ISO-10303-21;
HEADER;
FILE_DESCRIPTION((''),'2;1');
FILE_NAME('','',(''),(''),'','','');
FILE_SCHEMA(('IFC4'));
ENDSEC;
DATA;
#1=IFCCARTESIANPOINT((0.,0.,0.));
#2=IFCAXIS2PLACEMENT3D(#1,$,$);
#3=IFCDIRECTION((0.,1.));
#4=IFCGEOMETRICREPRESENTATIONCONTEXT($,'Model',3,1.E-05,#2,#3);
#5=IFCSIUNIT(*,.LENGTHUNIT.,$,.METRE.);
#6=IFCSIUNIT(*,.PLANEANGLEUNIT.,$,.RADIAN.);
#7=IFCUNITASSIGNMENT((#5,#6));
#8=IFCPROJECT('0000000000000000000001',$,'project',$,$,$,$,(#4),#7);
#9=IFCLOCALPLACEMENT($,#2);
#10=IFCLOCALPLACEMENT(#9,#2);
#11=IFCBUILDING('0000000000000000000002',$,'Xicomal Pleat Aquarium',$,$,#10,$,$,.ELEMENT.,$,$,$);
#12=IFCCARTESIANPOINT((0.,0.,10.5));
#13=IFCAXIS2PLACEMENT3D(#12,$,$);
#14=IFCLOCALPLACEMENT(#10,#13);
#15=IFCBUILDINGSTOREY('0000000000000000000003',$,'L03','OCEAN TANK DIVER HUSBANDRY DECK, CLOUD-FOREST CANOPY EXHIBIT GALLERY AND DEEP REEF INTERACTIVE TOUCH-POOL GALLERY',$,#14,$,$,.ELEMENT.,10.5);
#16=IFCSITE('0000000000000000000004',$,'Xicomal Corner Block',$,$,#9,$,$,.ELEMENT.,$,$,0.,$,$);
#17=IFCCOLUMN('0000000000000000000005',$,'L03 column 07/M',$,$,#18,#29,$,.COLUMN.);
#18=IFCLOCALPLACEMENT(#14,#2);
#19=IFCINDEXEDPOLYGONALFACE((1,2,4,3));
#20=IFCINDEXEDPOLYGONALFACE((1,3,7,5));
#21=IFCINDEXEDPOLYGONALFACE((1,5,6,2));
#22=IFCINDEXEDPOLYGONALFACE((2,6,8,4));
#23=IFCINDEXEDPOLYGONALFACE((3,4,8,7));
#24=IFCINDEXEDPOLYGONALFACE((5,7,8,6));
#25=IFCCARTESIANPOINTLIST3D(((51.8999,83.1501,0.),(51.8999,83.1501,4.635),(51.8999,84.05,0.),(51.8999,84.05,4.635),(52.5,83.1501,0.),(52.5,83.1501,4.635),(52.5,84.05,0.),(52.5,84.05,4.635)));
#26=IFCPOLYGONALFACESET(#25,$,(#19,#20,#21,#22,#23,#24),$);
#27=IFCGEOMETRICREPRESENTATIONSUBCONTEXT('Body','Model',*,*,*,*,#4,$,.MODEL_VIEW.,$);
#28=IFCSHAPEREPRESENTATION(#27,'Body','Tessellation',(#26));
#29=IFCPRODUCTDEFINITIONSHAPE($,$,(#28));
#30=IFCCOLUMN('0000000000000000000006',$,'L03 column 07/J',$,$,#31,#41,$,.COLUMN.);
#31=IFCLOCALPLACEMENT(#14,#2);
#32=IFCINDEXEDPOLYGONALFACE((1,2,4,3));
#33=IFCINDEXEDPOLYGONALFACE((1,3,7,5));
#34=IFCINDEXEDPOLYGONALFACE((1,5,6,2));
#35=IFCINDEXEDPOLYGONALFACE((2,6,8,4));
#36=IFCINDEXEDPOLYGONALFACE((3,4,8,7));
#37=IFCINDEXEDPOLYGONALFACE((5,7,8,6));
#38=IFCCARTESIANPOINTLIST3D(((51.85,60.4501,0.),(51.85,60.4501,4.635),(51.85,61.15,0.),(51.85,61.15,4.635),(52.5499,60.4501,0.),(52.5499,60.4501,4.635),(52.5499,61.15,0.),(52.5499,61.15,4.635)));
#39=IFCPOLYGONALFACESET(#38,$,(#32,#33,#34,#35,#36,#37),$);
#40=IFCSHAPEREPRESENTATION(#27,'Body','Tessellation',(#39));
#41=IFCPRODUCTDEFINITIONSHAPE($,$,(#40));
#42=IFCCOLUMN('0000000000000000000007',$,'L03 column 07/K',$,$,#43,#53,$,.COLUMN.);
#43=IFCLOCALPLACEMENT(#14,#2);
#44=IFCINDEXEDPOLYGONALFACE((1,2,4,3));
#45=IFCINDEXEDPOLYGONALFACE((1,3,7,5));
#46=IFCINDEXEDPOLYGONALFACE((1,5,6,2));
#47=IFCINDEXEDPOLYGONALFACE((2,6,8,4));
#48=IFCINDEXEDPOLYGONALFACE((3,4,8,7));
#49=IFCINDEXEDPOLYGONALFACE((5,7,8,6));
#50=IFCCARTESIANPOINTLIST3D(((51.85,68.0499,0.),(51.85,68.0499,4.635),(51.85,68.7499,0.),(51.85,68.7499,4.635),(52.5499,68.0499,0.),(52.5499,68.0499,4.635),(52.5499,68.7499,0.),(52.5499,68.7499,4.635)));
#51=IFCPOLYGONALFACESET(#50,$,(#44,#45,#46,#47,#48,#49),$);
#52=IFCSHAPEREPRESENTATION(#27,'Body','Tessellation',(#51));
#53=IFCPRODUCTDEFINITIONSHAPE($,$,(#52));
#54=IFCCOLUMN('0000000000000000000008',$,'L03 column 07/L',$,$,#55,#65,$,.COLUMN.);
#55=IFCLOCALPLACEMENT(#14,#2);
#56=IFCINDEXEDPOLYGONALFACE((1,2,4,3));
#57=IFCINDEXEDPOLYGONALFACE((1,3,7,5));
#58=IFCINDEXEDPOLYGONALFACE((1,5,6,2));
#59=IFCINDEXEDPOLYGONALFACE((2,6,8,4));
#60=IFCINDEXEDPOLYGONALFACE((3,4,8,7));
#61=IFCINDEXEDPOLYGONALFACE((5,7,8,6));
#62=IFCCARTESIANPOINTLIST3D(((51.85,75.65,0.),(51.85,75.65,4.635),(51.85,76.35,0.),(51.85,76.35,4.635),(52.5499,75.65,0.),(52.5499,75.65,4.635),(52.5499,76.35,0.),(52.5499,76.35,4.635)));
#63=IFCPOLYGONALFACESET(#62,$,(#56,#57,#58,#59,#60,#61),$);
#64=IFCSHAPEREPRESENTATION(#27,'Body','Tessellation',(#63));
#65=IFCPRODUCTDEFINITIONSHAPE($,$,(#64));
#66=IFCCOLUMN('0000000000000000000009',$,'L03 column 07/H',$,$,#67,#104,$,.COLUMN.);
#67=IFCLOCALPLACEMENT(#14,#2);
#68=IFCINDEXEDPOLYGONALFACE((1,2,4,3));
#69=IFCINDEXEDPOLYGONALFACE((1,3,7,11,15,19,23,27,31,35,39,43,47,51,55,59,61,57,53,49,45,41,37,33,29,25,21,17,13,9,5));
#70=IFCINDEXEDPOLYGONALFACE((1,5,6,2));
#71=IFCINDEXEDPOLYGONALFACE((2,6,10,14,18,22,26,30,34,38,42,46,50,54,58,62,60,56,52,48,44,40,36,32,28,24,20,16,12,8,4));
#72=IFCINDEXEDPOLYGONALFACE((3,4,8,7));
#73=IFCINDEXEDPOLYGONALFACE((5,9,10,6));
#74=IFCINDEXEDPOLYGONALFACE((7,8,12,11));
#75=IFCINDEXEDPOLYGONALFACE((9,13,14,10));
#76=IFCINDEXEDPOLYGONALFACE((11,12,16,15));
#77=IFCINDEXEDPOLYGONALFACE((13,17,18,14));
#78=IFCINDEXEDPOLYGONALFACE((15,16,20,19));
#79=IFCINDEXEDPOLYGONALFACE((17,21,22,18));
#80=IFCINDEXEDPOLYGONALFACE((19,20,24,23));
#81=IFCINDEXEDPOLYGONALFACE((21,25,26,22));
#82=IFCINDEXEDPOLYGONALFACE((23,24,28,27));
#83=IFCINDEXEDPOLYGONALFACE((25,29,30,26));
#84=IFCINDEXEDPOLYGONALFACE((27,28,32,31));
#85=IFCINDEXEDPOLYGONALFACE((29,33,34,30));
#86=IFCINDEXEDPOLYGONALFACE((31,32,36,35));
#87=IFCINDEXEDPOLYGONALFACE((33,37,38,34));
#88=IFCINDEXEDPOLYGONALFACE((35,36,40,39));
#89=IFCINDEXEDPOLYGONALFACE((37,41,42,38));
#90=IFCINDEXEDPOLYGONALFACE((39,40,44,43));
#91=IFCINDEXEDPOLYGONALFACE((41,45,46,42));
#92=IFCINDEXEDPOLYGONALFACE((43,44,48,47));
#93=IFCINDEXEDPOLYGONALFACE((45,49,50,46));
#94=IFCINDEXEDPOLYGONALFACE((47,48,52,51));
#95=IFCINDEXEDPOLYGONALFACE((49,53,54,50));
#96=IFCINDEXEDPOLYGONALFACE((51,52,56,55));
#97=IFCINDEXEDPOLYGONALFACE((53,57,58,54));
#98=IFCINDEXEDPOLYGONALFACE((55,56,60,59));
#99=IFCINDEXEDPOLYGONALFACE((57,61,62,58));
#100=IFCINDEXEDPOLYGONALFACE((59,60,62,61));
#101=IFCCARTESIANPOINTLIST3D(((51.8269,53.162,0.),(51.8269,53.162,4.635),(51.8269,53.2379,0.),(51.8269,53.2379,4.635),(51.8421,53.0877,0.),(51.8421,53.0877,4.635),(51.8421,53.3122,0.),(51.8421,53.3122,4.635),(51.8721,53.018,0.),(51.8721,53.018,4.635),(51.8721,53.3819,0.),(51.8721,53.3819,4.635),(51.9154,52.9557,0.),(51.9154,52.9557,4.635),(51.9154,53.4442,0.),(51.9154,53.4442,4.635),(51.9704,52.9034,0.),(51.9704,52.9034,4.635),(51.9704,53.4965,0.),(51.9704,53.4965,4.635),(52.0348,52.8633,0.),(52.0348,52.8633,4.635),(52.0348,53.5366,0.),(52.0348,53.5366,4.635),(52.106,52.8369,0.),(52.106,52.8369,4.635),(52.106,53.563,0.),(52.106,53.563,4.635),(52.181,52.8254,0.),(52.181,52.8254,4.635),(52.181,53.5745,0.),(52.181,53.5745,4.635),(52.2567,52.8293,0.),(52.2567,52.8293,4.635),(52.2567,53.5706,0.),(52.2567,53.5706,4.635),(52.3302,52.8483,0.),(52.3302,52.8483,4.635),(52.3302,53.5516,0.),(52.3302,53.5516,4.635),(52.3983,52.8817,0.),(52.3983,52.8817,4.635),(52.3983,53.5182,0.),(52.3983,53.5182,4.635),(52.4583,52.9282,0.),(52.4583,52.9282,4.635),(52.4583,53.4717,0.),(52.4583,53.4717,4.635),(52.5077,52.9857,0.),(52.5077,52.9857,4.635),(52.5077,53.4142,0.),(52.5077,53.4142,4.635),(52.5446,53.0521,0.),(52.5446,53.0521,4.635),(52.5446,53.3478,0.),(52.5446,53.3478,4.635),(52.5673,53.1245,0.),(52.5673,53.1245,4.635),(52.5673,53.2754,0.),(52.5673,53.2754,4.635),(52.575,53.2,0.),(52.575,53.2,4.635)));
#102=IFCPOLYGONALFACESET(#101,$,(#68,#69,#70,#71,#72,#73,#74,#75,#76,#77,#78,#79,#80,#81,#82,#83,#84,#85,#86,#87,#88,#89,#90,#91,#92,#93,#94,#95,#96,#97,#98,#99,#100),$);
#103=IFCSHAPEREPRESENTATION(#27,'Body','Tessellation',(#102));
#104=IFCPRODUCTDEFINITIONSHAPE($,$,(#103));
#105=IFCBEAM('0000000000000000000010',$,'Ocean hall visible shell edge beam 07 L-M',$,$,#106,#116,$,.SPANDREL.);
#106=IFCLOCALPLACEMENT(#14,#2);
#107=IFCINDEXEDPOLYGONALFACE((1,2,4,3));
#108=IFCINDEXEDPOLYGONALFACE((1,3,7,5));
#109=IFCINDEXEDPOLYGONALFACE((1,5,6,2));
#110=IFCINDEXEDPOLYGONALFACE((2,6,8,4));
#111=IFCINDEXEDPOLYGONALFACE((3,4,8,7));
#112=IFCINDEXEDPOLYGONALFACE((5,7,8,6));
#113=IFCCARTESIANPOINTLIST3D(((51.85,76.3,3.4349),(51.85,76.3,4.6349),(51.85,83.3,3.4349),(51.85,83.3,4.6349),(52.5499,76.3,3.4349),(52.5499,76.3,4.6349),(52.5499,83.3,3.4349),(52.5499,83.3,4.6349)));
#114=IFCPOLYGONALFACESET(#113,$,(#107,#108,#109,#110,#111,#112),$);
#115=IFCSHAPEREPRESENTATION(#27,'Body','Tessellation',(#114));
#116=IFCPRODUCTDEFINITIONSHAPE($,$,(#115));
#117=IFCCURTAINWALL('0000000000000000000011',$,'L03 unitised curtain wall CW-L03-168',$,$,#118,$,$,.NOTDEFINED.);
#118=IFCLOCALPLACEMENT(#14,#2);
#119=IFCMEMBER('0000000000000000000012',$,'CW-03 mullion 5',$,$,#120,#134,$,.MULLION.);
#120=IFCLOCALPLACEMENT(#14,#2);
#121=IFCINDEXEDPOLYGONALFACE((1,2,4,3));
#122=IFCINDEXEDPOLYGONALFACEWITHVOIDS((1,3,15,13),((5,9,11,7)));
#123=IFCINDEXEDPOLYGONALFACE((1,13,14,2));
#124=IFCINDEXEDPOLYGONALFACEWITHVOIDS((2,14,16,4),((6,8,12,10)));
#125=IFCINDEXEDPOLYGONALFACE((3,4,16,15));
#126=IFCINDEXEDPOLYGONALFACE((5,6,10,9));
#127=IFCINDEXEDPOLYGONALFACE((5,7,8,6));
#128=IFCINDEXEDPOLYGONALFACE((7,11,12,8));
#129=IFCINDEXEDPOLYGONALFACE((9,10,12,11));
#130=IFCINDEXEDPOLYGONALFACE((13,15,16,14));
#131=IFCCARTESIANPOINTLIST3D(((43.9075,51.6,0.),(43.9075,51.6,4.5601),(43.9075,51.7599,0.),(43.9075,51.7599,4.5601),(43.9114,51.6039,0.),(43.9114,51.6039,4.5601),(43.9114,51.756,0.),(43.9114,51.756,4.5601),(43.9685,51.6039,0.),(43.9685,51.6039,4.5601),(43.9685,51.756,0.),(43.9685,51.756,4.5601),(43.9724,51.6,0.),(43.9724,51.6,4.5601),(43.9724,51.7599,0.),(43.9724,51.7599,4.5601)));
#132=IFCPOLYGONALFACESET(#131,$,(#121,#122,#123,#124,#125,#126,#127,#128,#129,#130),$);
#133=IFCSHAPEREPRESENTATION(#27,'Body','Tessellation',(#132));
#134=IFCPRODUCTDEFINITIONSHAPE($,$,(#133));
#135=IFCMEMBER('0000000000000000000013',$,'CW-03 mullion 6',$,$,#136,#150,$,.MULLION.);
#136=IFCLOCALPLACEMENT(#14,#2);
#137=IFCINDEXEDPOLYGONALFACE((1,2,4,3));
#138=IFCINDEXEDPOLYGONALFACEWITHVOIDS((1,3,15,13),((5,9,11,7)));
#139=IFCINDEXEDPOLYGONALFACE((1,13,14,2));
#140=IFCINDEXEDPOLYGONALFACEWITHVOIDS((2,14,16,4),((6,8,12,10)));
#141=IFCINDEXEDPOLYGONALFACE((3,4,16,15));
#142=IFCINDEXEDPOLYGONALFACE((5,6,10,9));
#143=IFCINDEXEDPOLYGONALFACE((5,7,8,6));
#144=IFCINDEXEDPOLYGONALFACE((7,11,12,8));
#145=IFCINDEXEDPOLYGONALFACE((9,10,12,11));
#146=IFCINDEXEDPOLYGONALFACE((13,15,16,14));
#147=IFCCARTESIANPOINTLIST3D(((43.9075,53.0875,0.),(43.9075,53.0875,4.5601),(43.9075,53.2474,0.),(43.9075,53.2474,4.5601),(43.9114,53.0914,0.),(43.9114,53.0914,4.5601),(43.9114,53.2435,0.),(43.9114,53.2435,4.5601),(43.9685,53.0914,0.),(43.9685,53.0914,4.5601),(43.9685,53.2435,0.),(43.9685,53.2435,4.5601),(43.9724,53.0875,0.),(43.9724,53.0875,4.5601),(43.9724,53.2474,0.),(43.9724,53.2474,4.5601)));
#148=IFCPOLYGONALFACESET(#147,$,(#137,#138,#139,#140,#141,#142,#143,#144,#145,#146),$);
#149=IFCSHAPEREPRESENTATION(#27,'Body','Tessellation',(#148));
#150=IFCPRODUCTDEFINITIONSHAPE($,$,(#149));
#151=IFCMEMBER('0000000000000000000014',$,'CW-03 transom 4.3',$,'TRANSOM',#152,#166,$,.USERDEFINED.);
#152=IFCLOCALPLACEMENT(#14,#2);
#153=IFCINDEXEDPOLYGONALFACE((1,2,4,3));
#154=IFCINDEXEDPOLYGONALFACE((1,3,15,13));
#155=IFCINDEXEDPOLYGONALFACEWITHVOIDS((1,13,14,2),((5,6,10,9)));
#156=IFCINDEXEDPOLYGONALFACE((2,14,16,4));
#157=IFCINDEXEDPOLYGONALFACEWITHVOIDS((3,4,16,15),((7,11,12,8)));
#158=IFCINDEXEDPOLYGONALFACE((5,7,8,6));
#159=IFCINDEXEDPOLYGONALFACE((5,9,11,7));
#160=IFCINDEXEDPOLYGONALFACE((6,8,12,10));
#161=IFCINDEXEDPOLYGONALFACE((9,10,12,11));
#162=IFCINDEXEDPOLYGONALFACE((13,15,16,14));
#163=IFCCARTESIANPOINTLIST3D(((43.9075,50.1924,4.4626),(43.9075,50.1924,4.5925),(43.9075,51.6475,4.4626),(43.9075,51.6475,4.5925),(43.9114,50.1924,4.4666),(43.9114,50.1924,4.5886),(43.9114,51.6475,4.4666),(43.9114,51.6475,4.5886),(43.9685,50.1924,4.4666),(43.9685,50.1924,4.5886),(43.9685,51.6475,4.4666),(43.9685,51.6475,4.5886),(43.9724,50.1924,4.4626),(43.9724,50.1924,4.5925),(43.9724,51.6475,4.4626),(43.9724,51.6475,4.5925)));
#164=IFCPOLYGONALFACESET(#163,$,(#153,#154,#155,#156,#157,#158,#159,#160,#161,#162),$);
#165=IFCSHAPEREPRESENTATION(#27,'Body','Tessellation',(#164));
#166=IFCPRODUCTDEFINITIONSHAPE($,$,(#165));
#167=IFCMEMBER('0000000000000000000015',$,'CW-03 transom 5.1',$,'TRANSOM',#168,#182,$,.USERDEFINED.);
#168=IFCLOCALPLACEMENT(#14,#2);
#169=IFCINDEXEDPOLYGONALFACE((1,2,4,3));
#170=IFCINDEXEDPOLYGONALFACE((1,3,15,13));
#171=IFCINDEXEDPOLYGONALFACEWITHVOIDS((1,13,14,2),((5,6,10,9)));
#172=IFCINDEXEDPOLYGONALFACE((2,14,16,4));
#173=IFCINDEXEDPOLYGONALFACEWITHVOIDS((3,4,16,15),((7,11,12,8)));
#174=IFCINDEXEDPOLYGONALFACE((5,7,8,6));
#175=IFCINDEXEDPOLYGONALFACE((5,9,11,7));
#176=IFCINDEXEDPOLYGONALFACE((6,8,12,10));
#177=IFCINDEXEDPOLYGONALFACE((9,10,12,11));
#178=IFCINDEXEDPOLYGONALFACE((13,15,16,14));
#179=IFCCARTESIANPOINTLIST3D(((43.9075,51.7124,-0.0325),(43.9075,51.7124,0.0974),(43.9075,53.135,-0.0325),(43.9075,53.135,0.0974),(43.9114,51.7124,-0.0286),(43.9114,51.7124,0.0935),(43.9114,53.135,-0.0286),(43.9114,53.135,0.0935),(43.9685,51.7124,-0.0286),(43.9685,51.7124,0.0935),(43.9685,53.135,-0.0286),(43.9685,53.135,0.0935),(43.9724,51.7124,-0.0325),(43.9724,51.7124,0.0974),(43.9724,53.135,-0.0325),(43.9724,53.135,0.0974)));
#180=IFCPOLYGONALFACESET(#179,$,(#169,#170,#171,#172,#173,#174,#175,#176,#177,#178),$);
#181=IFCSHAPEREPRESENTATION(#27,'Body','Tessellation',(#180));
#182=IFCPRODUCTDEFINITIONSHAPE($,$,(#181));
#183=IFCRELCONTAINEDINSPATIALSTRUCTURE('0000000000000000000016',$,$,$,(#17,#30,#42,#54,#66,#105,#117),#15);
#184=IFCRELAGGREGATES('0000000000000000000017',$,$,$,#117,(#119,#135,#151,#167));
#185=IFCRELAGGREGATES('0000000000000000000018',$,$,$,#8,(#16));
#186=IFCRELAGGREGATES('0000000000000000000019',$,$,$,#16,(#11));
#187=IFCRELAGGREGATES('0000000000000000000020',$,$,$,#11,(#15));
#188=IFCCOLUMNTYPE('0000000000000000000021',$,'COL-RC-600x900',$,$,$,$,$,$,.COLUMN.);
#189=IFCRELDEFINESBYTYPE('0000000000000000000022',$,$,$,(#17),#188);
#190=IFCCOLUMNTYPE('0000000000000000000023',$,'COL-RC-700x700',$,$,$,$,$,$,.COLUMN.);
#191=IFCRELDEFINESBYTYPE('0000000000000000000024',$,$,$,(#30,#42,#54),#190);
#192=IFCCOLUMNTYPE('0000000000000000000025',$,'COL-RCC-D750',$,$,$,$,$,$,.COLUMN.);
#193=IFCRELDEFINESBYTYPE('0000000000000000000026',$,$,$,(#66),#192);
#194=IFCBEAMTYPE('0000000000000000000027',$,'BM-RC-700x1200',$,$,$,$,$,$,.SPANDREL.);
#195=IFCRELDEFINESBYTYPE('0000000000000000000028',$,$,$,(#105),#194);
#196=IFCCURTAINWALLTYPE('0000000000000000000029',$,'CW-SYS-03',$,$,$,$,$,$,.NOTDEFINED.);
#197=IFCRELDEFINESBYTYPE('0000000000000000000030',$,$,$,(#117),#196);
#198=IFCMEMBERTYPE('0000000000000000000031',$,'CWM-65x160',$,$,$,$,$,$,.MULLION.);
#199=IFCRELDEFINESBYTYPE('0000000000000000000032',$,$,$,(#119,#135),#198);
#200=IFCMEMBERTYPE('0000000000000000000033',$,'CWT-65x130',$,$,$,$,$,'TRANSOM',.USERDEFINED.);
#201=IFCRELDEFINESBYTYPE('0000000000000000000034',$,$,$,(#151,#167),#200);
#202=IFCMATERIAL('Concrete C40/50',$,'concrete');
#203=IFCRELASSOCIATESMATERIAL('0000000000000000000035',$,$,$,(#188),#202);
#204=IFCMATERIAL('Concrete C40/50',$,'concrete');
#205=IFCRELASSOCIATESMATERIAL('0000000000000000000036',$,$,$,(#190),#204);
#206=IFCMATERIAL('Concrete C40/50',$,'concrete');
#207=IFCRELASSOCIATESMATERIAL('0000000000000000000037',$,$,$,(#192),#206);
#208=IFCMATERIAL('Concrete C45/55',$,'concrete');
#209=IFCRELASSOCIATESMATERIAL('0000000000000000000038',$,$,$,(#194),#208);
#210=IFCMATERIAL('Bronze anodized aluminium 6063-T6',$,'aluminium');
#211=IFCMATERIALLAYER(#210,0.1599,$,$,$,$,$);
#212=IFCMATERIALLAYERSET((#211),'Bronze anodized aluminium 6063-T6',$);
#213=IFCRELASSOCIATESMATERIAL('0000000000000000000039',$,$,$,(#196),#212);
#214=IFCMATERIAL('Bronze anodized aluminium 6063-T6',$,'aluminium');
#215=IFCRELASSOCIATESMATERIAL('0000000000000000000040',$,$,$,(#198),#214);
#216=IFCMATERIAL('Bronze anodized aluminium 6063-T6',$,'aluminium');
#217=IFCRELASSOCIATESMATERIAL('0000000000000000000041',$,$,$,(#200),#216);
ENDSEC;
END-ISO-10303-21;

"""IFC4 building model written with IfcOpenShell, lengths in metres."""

from ifc_helpers import new_model, si_unit, direction, frame, origin, origin_2d, place, context, subcontext, project, spatial, rectangle, hollow_rectangle, circle, extrude, material, layer, layer_set, material_profile, profile_set, type_object, element, aggregate, save


model = new_model("IFC4")

# Units and contexts
model_context = context("Model", 3, precision=1e-05, world=origin(), true_north=direction((0.0, 1.0)))
body_context = subcontext(model_context, "Body", "Model", "MODEL_VIEW")
ifc_project = project(units=[si_unit("LENGTHUNIT", "METRE"), si_unit("PLANEANGLEUNIT", "RADIAN")], contexts=[model_context])

# Site, building, storey
site_placement = place(None, origin())
site = spatial("IfcSite", under=ifc_project, at=site_placement, Name="Xicomal Corner Block", CompositionType="ELEMENT", RefElevation=0.0)
building_placement = place(site_placement, origin())
building = spatial("IfcBuilding", under=site, at=building_placement, Name="Xicomal Pleat Aquarium", CompositionType="ELEMENT")
storey_placement = place(building_placement, frame((0.0, 0.0, 10.5)))
storey = spatial("IfcBuildingStorey", under=building, at=storey_placement, Name="L03", Description="OCEAN TANK DIVER HUSBANDRY DECK, CLOUD-FOREST CANOPY EXHIBIT GALLERY AND DEEP REEF INTERACTIVE TOUCH-POOL GALLERY", CompositionType="ELEMENT", Elevation=10.5)

# Columns
ifc_material_1 = material(Name="Concrete C40/50", Category="concrete")
ifc_material_profile_1 = material_profile(ifc_material_1, rectangle(XDim=0.6001, YDim=0.8999, at=origin_2d()), Name="RC 600x900")
ifc_profile_set_1 = profile_set([ifc_material_profile_1], Name="Concrete C40/50")
column_type_1 = type_object("IfcColumnType", Name="COL-RC-600x900", PredefinedType="COLUMN", material=ifc_profile_set_1)
column_1_placement = place(storey_placement, frame((52.2, 83.6001, 0.0), z_axis=(0.0, 0.0, 1.0), x_axis=(1.0, 0.0, 0.0)))
element("IfcColumn", 1, at=column_1_placement, inside=storey, type_object=column_type_1, Name="L03 column 07/M", PredefinedType="COLUMN", context=body_context, shape_type="SweptSolid", body=[
    extrude(rectangle(XDim=0.6001, YDim=0.8999, at=origin_2d()), origin(), (0.0, 0.0, 1.0), 4.635),
])
ifc_material_2 = material(Name="Concrete C40/50", Category="concrete")
ifc_material_profile_2 = material_profile(ifc_material_2, rectangle(XDim=0.7, YDim=0.7, at=origin_2d()), Name="RC 700x700")
ifc_profile_set_2 = profile_set([ifc_material_profile_2], Name="Concrete C40/50")
column_type_2 = type_object("IfcColumnType", Name="COL-RC-700x700", PredefinedType="COLUMN", material=ifc_profile_set_2)
for number, where, z_axis, x_axis, name in (
    (2, (52.2, 60.8, 0.0), (0.0, 0.0, 1.0), (1.0, 0.0, 0.0), "L03 column 07/J"),
    (3, (52.2, 68.3999, 0.0), (0.0, 0.0, 1.0), (1.0, 0.0, 0.0), "L03 column 07/K"),
    (4, (52.2, 76.0, 0.0), (0.0, 0.0, 1.0), (1.0, 0.0, 0.0), "L03 column 07/L"),
):
    element("IfcColumn", number, at=place(storey_placement, frame(where, z_axis=z_axis, x_axis=x_axis)), inside=storey, type_object=column_type_2, Name=name, PredefinedType="COLUMN", context=body_context, shape_type="SweptSolid", body=[
        extrude(rectangle(XDim=0.7, YDim=0.7, at=origin_2d()), origin(), (0.0, 0.0, 1.0), 4.635),
    ])
ifc_material_3 = material(Name="Concrete C40/50", Category="concrete")
ifc_material_profile_3 = material_profile(ifc_material_3, circle(Radius=0.375, at=origin_2d()), Name="RCC D750")
ifc_profile_set_3 = profile_set([ifc_material_profile_3], Name="Concrete C40/50")
column_type_3 = type_object("IfcColumnType", Name="COL-RCC-D750", PredefinedType="COLUMN", material=ifc_profile_set_3)
column_2_placement = place(storey_placement, frame((52.2, 53.2, 0.0), z_axis=(0.0, 0.0, 1.0), x_axis=(1.0, 0.0, 0.0)))
element("IfcColumn", 5, at=column_2_placement, inside=storey, type_object=column_type_3, Name="L03 column 07/H", PredefinedType="COLUMN", context=body_context, shape_type="SweptSolid", body=[
    extrude(circle(Radius=0.375, at=origin_2d()), origin(), (0.0, 0.0, 1.0), 4.635),
])

# Beam
ifc_material_4 = material(Name="Concrete C45/55", Category="concrete")
ifc_material_profile_4 = material_profile(ifc_material_4, rectangle(XDim=0.7, YDim=1.2, at=origin_2d()), Name="RC 700x1200")
ifc_profile_set_4 = profile_set([ifc_material_profile_4], Name="Concrete C45/55")
beam_type = type_object("IfcBeamType", Name="BM-RC-700x1200", PredefinedType="SPANDREL", material=ifc_profile_set_4)
beam_placement = place(storey_placement, frame((52.2, 76.3, 4.0349), z_axis=(0.0, 1.0, 0.0), x_axis=(-1.0, 0.0, 0.0)))
element("IfcBeam", 6, at=beam_placement, inside=storey, type_object=beam_type, Name="Ocean hall visible shell edge beam 07 L-M", PredefinedType="SPANDREL", context=body_context, shape_type="SweptSolid", body=[
    extrude(rectangle(XDim=0.7, YDim=1.2, at=origin_2d()), origin(), (0.0, 0.0, 1.0), 7.0),
])

# Curtain wall, members
ifc_material_5 = material(Name="Bronze anodized aluminium 6063-T6", Category="aluminium")
ifc_layer_1 = layer(ifc_material_5, 0.1599)
ifc_layer_set_1 = layer_set([ifc_layer_1], Name="Bronze anodized aluminium 6063-T6")
curtain_wall_type = type_object("IfcCurtainWallType", Name="CW-SYS-03", PredefinedType="NOTDEFINED", material=ifc_layer_set_1)
curtain_wall_placement = place(storey_placement, origin())
curtain_wall = element("IfcCurtainWall", 7, at=curtain_wall_placement, inside=storey, type_object=curtain_wall_type, Name="L03 unitised curtain wall CW-L03-168", PredefinedType="NOTDEFINED")
ifc_material_6 = material(Name="Bronze anodized aluminium 6063-T6", Category="aluminium")
ifc_material_profile_5 = material_profile(ifc_material_6, hollow_rectangle(XDim=0.0649, YDim=0.1599, WallThickness=0.0039, at=origin_2d()), Name="ALU MULL 65x160")
ifc_profile_set_5 = profile_set([ifc_material_profile_5], Name="Bronze anodized aluminium 6063-T6")
member_type_1 = type_object("IfcMemberType", Name="CWM-65x160", PredefinedType="MULLION", material=ifc_profile_set_5)
member_1_placement = place(storey_placement, frame((43.9399, 51.6799, 0.0), z_axis=(0.0, 0.0, 1.0), x_axis=(-1.0, 0.0, 0.0)))
member_1 = element("IfcMember", 8, at=member_1_placement, type_object=member_type_1, Name="CW-03 mullion 5", PredefinedType="MULLION", context=body_context, shape_type="SweptSolid", body=[
    extrude(hollow_rectangle(XDim=0.0649, YDim=0.1599, WallThickness=0.0039, at=origin_2d()), origin(), (0.0, 0.0, 1.0), 4.5601),
])
member_2_placement = place(storey_placement, frame((43.9399, 53.1675, 0.0), z_axis=(0.0, 0.0, 1.0), x_axis=(-1.0, 0.0, 0.0)))
member_2 = element("IfcMember", 9, at=member_2_placement, type_object=member_type_1, Name="CW-03 mullion 6", PredefinedType="MULLION", context=body_context, shape_type="SweptSolid", body=[
    extrude(hollow_rectangle(XDim=0.0649, YDim=0.1599, WallThickness=0.0039, at=origin_2d()), origin(), (0.0, 0.0, 1.0), 4.5601),
])
ifc_material_7 = material(Name="Bronze anodized aluminium 6063-T6", Category="aluminium")
ifc_material_profile_6 = material_profile(ifc_material_7, hollow_rectangle(XDim=0.0649, YDim=0.1299, WallThickness=0.0039, at=origin_2d()), Name="ALU TRAN 65x130")
ifc_profile_set_6 = profile_set([ifc_material_profile_6], Name="Bronze anodized aluminium 6063-T6")
member_type_2 = type_object("IfcMemberType", Name="CWT-65x130", ElementType="TRANSOM", PredefinedType="USERDEFINED", material=ifc_profile_set_6)
member_3_placement = place(storey_placement, frame((43.9399, 50.1924, 4.5276), z_axis=(0.0, 1.0, 0.0), x_axis=(-1.0, 0.0, 0.0)))
member_3 = element("IfcMember", 10, at=member_3_placement, type_object=member_type_2, Name="CW-03 transom 4.3", ObjectType="TRANSOM", PredefinedType="USERDEFINED", context=body_context, shape_type="SweptSolid", body=[
    extrude(hollow_rectangle(XDim=0.0649, YDim=0.1299, WallThickness=0.0039, at=origin_2d()), origin(), (0.0, 0.0, 1.0), 1.4551),
])
member_4_placement = place(storey_placement, frame((43.9399, 51.7124, 0.0325), z_axis=(0.0, 1.0, 0.0), x_axis=(-1.0, 0.0, 0.0)))
member_4 = element("IfcMember", 11, at=member_4_placement, type_object=member_type_2, Name="CW-03 transom 5.1", ObjectType="TRANSOM", PredefinedType="USERDEFINED", context=body_context, shape_type="SweptSolid", body=[
    extrude(hollow_rectangle(XDim=0.0649, YDim=0.1299, WallThickness=0.0039, at=origin_2d()), origin(), (0.0, 0.0, 1.0), 1.4226),
])
aggregate(curtain_wall, [member_1, member_2, member_3, member_4])

save(model, "model.ifc")
